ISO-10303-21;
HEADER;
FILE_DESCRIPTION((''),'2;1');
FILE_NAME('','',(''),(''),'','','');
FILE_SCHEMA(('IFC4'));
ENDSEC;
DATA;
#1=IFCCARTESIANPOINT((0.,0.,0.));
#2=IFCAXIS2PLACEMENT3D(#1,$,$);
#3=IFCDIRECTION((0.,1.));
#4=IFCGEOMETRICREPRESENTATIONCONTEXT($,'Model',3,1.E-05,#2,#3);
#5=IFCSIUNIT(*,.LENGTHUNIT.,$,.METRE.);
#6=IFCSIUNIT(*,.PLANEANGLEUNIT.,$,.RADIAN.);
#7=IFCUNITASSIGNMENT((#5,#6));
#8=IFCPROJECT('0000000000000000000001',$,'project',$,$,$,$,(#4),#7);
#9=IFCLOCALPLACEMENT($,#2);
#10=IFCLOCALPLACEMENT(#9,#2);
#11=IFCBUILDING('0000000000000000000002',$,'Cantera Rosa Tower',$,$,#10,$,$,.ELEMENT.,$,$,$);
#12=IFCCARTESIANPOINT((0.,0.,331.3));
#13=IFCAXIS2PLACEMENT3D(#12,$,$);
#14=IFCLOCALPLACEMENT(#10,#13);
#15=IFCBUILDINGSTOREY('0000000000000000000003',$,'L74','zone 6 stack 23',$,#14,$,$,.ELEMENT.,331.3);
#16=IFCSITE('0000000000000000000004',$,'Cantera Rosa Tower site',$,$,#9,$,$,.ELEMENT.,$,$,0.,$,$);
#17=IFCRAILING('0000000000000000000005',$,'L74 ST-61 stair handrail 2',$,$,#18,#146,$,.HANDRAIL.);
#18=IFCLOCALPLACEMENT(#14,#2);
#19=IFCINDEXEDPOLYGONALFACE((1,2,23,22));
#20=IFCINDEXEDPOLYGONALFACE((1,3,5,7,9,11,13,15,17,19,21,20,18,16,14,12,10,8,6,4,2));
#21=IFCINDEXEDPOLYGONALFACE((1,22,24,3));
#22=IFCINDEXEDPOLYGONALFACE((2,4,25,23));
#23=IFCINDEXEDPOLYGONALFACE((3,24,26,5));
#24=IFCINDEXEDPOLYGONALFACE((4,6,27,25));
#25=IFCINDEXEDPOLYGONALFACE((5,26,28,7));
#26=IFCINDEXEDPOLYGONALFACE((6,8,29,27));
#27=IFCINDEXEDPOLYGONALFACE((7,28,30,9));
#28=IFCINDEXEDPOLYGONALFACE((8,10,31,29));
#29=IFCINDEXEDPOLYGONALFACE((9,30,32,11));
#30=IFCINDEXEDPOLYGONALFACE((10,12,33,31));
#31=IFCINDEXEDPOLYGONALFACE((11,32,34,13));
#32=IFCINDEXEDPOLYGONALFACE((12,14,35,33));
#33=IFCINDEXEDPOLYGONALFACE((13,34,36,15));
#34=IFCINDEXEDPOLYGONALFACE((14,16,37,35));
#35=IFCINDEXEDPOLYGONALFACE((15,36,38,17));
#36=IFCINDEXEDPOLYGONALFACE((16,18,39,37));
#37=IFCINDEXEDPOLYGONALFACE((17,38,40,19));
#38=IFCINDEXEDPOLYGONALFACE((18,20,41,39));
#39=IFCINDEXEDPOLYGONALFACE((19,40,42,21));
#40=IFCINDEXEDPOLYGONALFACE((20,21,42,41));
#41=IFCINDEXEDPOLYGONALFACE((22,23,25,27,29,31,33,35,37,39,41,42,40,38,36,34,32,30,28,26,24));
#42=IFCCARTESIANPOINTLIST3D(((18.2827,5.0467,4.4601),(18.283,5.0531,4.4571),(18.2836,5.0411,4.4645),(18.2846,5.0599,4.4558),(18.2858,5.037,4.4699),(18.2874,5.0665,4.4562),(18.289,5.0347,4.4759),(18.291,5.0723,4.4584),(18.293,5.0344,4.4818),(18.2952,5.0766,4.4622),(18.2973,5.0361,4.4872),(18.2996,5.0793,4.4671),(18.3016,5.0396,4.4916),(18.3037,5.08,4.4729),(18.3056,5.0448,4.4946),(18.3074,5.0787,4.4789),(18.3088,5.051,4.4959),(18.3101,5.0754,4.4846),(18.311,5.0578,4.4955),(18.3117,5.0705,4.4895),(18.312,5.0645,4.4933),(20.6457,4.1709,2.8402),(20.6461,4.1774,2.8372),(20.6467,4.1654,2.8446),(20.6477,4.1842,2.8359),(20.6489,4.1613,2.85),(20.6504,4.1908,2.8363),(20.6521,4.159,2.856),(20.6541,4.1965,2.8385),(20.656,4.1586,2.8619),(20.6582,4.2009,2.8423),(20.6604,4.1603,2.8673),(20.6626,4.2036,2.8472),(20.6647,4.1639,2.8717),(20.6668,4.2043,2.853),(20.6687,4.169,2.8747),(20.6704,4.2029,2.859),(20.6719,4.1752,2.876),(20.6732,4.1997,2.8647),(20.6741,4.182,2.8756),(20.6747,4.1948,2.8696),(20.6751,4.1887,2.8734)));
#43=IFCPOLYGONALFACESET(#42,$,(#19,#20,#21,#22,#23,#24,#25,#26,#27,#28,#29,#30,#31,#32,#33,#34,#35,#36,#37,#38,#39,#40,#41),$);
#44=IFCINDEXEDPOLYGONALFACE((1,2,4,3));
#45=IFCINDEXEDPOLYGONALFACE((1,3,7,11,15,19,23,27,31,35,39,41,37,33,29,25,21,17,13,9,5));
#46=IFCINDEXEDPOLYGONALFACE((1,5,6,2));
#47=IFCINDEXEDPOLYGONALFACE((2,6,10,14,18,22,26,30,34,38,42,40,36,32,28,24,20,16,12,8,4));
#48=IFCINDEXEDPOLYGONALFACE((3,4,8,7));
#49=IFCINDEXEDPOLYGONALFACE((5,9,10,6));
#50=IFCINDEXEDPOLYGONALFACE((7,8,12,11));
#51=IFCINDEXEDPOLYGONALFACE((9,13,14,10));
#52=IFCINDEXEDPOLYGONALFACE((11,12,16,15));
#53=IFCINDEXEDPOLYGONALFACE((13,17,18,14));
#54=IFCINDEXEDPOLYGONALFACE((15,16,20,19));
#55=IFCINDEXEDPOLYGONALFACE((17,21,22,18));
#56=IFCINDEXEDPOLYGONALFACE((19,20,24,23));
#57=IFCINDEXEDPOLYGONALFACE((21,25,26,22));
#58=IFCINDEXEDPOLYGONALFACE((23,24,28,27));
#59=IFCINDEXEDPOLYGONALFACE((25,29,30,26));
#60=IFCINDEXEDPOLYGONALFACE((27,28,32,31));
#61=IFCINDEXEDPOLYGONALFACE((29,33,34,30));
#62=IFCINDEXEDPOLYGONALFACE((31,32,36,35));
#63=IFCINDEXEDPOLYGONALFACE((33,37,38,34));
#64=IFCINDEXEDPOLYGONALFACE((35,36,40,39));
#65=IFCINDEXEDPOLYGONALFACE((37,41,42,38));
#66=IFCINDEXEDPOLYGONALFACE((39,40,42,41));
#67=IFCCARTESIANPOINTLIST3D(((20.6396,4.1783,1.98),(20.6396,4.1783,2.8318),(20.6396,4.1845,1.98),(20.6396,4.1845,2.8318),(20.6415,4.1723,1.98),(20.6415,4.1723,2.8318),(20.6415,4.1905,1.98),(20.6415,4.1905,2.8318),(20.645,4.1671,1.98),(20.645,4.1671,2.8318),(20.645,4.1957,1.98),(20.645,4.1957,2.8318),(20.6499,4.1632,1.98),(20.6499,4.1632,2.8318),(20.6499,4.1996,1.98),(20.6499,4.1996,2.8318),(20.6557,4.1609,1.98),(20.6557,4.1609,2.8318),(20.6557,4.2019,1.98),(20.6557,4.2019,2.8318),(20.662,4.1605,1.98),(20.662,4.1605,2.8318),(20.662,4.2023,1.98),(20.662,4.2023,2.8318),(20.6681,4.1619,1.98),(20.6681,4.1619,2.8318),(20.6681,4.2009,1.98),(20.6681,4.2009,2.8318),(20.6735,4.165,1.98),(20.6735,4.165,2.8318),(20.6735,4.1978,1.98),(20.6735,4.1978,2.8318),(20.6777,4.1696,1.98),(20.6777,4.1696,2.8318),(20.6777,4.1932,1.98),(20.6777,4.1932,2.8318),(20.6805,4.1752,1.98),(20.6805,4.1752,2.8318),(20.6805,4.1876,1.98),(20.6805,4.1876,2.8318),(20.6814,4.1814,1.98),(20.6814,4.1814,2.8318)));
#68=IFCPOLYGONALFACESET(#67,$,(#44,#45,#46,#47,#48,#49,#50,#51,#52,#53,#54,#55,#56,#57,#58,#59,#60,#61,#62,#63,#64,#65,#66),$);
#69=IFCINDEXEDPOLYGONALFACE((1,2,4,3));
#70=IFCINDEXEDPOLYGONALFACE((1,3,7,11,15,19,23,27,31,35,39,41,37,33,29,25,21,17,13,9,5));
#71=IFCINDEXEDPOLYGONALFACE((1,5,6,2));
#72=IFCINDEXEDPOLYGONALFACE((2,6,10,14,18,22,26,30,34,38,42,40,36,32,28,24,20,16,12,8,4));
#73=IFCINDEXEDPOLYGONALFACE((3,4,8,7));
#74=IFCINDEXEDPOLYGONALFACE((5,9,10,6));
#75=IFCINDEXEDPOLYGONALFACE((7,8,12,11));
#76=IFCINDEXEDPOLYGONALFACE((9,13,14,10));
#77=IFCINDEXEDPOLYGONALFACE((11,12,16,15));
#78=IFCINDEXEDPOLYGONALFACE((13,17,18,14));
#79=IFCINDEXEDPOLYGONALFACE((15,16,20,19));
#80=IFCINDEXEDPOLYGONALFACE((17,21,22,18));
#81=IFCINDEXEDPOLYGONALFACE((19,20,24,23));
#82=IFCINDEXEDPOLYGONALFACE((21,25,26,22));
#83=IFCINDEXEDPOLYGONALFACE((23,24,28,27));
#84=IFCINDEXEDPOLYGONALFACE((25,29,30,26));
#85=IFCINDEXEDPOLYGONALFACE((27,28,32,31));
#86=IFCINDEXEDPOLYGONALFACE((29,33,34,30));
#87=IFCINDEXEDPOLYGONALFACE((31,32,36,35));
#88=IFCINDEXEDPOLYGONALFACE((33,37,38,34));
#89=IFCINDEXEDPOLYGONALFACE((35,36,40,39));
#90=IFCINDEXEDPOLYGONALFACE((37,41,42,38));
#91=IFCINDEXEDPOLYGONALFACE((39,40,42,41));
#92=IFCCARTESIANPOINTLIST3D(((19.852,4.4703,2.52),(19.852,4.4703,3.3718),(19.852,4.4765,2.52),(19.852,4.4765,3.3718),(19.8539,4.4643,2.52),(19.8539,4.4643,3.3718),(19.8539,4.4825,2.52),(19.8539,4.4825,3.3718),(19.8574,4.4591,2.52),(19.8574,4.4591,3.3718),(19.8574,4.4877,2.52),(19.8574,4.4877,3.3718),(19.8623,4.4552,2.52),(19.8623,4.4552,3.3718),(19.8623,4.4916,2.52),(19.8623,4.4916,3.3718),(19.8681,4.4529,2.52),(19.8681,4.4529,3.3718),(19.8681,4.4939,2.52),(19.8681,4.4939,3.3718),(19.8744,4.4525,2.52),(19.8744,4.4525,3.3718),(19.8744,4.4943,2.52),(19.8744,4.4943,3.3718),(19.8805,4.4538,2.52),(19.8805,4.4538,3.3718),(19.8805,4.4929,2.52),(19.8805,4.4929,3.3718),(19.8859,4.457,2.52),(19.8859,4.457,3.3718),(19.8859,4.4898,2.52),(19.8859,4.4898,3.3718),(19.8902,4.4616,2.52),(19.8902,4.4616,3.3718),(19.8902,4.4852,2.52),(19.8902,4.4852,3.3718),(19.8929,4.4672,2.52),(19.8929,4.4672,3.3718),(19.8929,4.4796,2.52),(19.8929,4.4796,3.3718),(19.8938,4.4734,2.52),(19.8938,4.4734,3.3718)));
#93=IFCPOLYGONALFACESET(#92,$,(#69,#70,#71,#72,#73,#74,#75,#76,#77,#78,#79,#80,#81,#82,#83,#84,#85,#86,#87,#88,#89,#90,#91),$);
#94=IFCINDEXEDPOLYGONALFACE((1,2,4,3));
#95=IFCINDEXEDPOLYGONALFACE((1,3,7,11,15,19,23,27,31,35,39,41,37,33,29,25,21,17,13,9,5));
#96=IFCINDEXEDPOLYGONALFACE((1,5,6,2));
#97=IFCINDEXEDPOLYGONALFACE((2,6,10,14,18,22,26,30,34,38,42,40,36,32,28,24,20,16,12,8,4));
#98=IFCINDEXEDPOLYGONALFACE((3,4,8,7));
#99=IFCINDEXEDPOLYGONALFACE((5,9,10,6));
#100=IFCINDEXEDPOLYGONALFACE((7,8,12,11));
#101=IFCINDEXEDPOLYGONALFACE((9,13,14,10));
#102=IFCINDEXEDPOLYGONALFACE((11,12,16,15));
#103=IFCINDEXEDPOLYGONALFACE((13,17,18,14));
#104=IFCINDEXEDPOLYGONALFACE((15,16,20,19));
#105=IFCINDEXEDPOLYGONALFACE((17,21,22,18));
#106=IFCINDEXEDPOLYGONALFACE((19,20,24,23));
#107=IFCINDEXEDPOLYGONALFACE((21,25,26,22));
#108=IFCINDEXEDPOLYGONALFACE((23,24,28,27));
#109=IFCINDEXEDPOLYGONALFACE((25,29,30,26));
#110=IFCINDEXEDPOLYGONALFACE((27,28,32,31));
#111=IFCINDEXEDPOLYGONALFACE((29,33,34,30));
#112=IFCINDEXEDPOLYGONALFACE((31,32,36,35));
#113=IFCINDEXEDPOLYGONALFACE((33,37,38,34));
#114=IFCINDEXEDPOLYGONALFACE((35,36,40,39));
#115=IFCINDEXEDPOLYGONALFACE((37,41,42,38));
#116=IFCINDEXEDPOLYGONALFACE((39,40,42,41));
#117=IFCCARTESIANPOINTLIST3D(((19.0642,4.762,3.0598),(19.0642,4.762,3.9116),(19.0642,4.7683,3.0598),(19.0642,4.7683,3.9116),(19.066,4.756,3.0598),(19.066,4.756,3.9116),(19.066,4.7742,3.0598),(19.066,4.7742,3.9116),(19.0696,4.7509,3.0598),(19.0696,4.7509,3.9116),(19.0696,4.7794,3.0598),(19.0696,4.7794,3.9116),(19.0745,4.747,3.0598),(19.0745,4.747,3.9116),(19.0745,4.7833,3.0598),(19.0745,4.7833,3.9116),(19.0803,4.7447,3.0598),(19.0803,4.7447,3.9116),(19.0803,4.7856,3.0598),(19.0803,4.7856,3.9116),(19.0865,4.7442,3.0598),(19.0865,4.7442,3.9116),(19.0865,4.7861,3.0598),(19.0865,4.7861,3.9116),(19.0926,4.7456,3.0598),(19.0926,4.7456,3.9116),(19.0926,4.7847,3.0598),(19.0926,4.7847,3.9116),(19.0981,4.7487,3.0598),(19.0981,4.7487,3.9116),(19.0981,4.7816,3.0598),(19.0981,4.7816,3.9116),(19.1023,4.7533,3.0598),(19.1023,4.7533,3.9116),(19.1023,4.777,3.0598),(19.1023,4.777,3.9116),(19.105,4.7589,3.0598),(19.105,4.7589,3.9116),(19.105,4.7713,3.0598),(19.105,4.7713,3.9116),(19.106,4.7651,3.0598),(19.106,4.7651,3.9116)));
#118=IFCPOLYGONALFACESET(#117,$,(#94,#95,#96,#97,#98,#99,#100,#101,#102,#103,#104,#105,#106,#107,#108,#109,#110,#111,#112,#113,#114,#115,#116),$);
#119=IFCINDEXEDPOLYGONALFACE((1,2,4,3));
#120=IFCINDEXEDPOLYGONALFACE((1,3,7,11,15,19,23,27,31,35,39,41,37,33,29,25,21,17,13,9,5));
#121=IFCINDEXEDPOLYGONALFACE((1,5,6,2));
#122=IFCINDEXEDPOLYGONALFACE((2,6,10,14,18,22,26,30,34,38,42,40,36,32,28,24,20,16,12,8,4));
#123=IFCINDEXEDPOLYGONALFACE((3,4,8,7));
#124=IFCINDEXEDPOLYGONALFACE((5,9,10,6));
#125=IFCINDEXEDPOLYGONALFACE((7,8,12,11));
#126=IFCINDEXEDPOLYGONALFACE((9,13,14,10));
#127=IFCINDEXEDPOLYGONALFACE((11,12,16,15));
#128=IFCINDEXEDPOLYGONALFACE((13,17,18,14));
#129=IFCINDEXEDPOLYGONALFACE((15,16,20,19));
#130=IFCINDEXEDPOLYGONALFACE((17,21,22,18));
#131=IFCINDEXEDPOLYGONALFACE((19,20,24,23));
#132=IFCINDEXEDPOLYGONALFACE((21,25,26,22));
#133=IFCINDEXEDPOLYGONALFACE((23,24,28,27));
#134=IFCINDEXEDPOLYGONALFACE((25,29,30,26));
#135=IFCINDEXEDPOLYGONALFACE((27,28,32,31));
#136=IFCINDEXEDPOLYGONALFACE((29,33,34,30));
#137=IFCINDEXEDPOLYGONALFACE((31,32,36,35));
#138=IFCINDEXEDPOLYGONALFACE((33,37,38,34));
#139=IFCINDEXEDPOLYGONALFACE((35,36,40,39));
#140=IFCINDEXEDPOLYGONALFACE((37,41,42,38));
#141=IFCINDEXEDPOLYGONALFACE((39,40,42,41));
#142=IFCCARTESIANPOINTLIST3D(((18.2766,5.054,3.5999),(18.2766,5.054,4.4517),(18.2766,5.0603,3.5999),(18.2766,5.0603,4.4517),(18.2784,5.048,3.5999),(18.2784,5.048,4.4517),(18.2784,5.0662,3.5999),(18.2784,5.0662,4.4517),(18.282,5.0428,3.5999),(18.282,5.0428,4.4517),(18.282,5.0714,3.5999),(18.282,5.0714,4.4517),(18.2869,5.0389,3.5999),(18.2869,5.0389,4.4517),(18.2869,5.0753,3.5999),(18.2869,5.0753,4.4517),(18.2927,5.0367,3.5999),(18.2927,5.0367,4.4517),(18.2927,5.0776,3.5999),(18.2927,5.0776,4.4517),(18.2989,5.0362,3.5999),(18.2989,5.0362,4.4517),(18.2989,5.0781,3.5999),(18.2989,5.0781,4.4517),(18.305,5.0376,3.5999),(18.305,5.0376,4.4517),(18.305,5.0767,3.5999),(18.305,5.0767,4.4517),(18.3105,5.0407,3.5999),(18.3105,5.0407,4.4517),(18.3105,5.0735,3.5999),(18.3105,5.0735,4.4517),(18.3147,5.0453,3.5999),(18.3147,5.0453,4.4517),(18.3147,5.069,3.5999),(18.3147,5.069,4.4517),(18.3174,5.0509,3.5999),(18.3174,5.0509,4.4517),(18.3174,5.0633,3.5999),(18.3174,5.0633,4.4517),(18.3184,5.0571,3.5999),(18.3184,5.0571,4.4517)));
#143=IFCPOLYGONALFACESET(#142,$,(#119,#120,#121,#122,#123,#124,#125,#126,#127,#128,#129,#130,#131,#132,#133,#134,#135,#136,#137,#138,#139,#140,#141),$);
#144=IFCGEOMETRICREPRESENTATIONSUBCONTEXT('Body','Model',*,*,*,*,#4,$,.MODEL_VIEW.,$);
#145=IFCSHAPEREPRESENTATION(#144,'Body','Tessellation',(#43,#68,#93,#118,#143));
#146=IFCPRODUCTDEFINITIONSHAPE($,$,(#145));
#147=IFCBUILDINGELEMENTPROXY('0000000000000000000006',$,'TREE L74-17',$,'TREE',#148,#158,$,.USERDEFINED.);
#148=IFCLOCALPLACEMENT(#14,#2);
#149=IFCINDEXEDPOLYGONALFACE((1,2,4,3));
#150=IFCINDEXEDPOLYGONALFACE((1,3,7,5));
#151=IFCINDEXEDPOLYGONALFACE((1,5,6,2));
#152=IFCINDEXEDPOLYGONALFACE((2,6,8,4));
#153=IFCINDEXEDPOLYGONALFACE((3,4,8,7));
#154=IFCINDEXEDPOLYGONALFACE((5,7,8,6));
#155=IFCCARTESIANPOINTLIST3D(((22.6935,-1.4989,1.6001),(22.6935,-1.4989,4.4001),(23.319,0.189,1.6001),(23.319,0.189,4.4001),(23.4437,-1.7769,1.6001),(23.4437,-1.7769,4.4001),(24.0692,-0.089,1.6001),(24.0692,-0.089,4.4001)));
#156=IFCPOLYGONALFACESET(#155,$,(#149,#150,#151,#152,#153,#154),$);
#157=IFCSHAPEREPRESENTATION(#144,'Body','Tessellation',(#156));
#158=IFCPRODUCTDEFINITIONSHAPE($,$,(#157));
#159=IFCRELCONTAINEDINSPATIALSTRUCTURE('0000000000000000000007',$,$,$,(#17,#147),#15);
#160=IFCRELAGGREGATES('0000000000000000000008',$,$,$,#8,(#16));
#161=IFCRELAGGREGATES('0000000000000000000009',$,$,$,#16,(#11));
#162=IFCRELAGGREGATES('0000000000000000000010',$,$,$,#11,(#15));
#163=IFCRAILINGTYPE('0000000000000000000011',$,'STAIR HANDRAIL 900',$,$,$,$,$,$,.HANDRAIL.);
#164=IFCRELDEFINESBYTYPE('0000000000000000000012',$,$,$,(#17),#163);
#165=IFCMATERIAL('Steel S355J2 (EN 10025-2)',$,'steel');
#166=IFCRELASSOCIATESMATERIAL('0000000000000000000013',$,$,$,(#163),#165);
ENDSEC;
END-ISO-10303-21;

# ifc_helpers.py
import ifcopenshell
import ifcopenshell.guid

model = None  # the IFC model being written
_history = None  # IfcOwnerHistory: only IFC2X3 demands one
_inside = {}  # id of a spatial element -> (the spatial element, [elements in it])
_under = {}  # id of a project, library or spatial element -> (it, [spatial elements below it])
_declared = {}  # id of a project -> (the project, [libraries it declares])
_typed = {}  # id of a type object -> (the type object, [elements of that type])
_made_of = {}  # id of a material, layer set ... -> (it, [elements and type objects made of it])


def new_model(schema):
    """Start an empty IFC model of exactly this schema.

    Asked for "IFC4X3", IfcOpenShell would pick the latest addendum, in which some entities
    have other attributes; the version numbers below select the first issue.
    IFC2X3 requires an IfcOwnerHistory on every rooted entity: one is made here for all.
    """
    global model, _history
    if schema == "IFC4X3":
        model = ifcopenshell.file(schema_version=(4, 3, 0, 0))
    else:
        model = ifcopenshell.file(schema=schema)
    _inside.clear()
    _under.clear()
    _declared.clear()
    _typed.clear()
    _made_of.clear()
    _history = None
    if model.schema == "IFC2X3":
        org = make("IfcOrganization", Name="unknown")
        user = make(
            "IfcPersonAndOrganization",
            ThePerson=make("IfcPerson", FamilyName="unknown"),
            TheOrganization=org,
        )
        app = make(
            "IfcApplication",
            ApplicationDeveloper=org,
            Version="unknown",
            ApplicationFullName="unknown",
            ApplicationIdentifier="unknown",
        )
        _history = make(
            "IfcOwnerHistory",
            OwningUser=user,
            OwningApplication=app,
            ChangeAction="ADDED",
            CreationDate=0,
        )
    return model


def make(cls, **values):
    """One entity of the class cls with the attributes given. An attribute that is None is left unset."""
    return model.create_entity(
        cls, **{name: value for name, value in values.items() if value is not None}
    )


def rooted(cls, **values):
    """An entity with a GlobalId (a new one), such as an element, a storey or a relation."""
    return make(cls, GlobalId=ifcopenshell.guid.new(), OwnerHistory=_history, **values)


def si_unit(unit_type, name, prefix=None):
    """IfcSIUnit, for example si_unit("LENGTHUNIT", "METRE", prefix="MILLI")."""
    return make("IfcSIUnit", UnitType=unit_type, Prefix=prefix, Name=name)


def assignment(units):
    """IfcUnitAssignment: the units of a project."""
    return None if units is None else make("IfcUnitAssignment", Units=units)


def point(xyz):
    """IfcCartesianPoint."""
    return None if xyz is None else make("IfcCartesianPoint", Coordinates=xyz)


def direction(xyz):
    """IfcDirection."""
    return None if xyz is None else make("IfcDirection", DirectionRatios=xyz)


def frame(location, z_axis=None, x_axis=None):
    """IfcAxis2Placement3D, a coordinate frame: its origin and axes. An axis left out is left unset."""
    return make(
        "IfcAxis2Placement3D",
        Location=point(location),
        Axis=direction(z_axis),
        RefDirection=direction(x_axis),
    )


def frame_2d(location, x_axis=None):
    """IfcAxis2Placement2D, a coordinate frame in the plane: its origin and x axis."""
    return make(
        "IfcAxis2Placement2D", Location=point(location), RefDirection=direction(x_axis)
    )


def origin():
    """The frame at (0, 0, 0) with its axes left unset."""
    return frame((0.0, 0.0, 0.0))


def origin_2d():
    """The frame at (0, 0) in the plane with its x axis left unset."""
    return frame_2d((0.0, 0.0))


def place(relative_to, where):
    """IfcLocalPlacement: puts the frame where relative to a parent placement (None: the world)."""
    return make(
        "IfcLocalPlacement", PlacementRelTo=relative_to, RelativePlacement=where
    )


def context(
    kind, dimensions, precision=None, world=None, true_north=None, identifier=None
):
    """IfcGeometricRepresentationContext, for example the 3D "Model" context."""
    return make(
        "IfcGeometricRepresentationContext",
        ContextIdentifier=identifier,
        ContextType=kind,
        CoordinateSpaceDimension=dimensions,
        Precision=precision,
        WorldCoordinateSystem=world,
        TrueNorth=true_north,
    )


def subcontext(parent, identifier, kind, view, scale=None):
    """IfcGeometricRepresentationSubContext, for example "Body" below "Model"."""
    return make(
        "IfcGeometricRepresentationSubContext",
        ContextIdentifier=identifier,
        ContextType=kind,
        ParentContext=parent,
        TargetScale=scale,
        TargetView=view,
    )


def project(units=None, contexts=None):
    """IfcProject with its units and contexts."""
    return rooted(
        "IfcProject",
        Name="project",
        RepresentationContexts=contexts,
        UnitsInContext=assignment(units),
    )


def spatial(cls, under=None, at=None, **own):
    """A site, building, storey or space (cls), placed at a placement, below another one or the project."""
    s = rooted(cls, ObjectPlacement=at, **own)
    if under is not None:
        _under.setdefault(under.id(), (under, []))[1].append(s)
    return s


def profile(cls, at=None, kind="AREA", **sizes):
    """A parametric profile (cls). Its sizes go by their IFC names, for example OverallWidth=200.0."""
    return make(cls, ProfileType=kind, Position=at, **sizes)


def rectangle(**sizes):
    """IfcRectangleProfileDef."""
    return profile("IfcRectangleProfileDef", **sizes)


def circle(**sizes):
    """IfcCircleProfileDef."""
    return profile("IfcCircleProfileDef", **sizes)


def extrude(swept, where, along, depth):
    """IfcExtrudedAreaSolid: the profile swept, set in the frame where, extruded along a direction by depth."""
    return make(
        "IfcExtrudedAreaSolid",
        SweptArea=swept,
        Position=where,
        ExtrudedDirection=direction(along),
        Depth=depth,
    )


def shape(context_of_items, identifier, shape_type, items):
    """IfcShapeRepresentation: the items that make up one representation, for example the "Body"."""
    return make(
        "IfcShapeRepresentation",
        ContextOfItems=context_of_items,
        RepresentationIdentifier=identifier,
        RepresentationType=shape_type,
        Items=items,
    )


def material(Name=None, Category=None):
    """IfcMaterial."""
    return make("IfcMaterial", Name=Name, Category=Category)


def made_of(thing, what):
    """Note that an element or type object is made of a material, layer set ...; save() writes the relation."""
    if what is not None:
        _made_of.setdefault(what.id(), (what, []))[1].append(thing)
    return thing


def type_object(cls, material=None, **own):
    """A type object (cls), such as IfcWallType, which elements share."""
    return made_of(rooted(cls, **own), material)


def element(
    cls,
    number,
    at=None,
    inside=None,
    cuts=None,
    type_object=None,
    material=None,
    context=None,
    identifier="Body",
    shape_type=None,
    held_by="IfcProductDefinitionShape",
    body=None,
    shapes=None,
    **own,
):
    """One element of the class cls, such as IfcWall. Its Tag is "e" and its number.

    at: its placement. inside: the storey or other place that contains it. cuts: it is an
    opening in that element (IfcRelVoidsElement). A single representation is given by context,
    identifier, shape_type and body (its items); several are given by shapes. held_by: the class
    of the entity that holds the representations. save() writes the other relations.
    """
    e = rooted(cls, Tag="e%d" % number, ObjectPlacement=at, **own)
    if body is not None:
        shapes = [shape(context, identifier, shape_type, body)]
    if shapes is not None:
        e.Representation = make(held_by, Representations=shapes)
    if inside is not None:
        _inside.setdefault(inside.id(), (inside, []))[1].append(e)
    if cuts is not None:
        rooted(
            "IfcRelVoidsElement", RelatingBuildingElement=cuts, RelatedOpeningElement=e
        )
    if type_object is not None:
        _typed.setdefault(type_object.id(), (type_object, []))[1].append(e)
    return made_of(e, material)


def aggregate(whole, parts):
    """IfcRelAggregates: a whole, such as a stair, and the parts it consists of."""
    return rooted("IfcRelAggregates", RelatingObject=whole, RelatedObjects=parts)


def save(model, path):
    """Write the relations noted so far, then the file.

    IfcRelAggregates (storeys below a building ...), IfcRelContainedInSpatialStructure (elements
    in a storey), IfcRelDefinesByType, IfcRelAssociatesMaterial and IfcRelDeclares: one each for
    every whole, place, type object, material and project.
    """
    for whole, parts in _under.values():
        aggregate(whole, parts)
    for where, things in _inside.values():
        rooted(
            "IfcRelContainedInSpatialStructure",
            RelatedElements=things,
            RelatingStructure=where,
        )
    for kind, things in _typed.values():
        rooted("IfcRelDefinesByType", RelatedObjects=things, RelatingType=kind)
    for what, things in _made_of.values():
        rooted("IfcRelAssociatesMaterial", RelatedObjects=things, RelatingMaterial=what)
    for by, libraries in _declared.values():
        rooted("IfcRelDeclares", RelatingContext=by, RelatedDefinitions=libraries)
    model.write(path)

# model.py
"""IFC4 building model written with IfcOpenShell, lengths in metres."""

from ifc_helpers import new_model, si_unit, direction, frame, origin, origin_2d, place, context, subcontext, project, spatial, rectangle, circle, extrude, material, type_object, element, save


model = new_model("IFC4")

# Units and contexts
model_context = context("Model", 3, precision=1e-05, world=origin(), true_north=direction((0.0, 1.0)))
body_context = subcontext(model_context, "Body", "Model", "MODEL_VIEW")
ifc_project = project(units=[si_unit("LENGTHUNIT", "METRE"), si_unit("PLANEANGLEUNIT", "RADIAN")], contexts=[model_context])

# Site, building, storey
site_placement = place(None, origin())
site = spatial("IfcSite", under=ifc_project, at=site_placement, Name="Cantera Rosa Tower site", CompositionType="ELEMENT", RefElevation=0.0)
building_placement = place(site_placement, origin())
building = spatial("IfcBuilding", under=site, at=building_placement, Name="Cantera Rosa Tower", CompositionType="ELEMENT")
storey_placement = place(building_placement, frame((0.0, 0.0, 331.3)))
storey = spatial("IfcBuildingStorey", under=building, at=storey_placement, Name="L74", Description="zone 6 stack 23", CompositionType="ELEMENT", Elevation=331.3)

# Railing
ifc_material_1 = material(Name="Steel S355J2 (EN 10025-2)", Category="steel")
railing_type_1 = type_object("IfcRailingType", Name="STAIR HANDRAIL 900", PredefinedType="HANDRAIL", material=ifc_material_1)
railing_1_placement = place(storey_placement, frame((20.6604, 4.1814, 1.98)))
element("IfcRailing", 1, at=railing_1_placement, inside=storey, type_object=railing_type_1, Name="L74 ST-61 stair handrail 2", PredefinedType="HANDRAIL", context=body_context, shape_type="SweptSolid", body=[
    extrude(circle(Radius=0.0239, at=origin_2d()), frame((0.0, 0.0, 0.876), z_axis=(-0.788782, 0.29232, 0.540714), x_axis=(-0.347501, -0.93768, 0.0)), (0.0, 0.0, 1.0), 2.9958),
    extrude(circle(Radius=0.021, at=origin_2d()), origin(), (0.0, 0.0, 1.0), 0.8518),
    extrude(circle(Radius=0.021, at=origin_2d()), frame((-0.7876, 0.292, 0.54)), (0.0, 0.0, 1.0), 0.8518),
    extrude(circle(Radius=0.021, at=origin_2d()), frame((-1.5754, 0.5837, 1.0798)), (0.0, 0.0, 1.0), 0.8518),
    extrude(circle(Radius=0.021, at=origin_2d()), frame((-2.363, 0.8757, 1.6199)), (0.0, 0.0, 1.0), 0.8518),
])

# Building element proxy
proxy_placement = place(storey_placement, frame((23.3813, -0.7939, 1.6001), z_axis=(0.0, 0.0, 1.0), x_axis=(0.347481, 0.937687, 0.0)))
element("IfcBuildingElementProxy", 2, at=proxy_placement, inside=storey, Name="TREE L74-17", ObjectType="TREE", PredefinedType="USERDEFINED", context=body_context, shape_type="SweptSolid", body=[
    extrude(rectangle(XDim=1.8, YDim=0.8, at=origin_2d()), origin(), (0.0, 0.0, 1.0), 2.8),
])

save(model, "model.ifc")
